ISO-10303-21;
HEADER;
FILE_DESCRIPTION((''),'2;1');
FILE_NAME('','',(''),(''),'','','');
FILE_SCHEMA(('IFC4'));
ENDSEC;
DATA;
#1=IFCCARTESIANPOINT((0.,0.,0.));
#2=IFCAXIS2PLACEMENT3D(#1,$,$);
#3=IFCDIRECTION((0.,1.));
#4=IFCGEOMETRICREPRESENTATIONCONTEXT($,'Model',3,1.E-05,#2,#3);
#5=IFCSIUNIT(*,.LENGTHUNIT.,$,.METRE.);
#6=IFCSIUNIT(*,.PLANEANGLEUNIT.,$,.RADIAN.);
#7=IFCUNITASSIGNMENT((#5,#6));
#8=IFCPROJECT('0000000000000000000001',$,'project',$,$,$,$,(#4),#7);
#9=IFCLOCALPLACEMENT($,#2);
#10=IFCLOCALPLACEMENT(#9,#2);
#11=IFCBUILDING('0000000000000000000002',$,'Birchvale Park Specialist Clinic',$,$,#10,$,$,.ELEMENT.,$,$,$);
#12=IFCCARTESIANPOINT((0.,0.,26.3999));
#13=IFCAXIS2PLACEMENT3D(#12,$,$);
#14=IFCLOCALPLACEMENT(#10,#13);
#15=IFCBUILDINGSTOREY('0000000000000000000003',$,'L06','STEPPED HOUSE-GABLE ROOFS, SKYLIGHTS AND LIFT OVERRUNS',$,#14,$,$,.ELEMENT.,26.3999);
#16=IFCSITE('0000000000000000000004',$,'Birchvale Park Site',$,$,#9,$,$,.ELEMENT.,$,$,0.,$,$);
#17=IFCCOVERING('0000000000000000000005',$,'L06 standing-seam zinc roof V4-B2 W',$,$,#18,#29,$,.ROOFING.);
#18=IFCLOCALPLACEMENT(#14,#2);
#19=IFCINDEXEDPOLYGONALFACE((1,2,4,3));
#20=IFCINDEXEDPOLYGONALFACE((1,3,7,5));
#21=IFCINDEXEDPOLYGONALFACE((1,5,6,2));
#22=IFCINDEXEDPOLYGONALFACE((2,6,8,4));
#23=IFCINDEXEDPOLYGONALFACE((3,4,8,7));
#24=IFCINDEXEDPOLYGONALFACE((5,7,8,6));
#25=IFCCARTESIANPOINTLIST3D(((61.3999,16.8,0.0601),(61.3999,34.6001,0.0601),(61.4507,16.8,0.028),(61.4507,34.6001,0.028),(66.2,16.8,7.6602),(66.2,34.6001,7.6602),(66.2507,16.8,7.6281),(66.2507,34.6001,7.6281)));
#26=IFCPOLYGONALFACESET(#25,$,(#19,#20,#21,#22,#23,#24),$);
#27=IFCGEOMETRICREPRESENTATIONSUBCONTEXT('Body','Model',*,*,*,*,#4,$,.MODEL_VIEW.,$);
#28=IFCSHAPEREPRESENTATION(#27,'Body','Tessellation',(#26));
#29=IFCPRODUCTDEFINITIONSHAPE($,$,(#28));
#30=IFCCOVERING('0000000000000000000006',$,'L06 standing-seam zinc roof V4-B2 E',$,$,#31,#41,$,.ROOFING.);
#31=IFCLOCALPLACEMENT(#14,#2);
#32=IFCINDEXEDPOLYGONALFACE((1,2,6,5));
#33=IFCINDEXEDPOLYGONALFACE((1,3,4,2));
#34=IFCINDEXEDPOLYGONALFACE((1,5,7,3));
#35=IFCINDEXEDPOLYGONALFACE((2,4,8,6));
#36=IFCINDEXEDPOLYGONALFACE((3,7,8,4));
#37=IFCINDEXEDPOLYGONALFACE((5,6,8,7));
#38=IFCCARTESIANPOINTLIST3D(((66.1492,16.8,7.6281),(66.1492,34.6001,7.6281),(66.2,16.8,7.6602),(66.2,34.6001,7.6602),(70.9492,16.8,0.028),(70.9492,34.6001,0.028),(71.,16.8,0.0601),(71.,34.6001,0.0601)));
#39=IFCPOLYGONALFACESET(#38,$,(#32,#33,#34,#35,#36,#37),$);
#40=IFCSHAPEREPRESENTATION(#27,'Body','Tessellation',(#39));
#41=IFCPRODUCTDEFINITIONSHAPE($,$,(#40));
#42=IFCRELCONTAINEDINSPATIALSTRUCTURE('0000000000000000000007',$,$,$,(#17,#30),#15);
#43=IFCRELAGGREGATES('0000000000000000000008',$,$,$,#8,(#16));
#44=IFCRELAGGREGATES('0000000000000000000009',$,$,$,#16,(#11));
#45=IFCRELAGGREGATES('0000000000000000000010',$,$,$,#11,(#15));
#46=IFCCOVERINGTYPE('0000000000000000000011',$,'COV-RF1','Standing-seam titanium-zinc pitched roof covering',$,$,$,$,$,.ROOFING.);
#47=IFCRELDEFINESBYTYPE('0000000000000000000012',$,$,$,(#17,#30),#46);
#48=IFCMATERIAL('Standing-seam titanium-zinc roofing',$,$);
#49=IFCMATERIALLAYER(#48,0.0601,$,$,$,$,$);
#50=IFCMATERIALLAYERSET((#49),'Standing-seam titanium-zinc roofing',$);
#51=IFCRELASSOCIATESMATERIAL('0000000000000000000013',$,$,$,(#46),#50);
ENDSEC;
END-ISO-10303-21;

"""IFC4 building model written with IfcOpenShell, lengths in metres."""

from ifc_helpers import new_model, si_unit, direction, frame, origin, place, context, subcontext, project, spatial, polyline, outline, extrude, material, layer, layer_set, type_object, element, save


model = new_model("IFC4")

# Units and contexts
model_context = context("Model", 3, precision=1e-05, world=origin(), true_north=direction((0.0, 1.0)))
body_context = subcontext(model_context, "Body", "Model", "MODEL_VIEW")
ifc_project = project(units=[si_unit("LENGTHUNIT", "METRE"), si_unit("PLANEANGLEUNIT", "RADIAN")], contexts=[model_context])

# Site, building, storey
site_placement = place(None, origin())
site = spatial("IfcSite", under=ifc_project, at=site_placement, Name="Birchvale Park Site", CompositionType="ELEMENT", RefElevation=0.0)
building_placement = place(site_placement, origin())
building = spatial("IfcBuilding", under=site, at=building_placement, Name="Birchvale Park Specialist Clinic", CompositionType="ELEMENT")
storey_placement = place(building_placement, frame((0.0, 0.0, 26.3999)))
storey = spatial("IfcBuildingStorey", under=building, at=storey_placement, Name="L06", Description="STEPPED HOUSE-GABLE ROOFS, SKYLIGHTS AND LIFT OVERRUNS", CompositionType="ELEMENT", Elevation=26.3999)

# Shared definitions
ifc_material_1 = material(Name="Standing-seam titanium-zinc roofing")

# Coverings
ifc_layer_1 = layer(ifc_material_1, 0.0601)
ifc_layer_set_1 = layer_set([ifc_layer_1], Name="Standing-seam titanium-zinc roofing")
covering_type = type_object("IfcCoveringType", Name="COV-RF1", Description="Standing-seam titanium-zinc pitched roof covering", PredefinedType="ROOFING", material=ifc_layer_set_1)
for number, where, z_axis, x_axis, name in (
    (1, (61.3999, 16.8, 0.0601), (-0.84549, 0.0, 0.533992), (0.533992, 0.0, 0.84549), "L06 standing-seam zinc roof V4-B2 W"),
    (2, (66.2, 16.8, 7.6602), (0.84549, 0.0, 0.533992), (0.533992, 0.0, -0.84549), "L06 standing-seam zinc roof V4-B2 E"),
):
    element("IfcCovering", number, at=place(storey_placement, frame(where, z_axis=z_axis, x_axis=x_axis)), inside=storey, type_object=covering_type, Name=name, PredefinedType="ROOFING", context=body_context, shape_type="SweptSolid", body=[
        extrude(outline(polyline([(0.0, 0.0), (8.989, 0.0), (8.989, 17.8), (0.0, 17.8), (0.0, 0.0)])), origin(), (0.0, 0.0, -1.0), 0.0601),
    ])

save(model, "model.ifc")
